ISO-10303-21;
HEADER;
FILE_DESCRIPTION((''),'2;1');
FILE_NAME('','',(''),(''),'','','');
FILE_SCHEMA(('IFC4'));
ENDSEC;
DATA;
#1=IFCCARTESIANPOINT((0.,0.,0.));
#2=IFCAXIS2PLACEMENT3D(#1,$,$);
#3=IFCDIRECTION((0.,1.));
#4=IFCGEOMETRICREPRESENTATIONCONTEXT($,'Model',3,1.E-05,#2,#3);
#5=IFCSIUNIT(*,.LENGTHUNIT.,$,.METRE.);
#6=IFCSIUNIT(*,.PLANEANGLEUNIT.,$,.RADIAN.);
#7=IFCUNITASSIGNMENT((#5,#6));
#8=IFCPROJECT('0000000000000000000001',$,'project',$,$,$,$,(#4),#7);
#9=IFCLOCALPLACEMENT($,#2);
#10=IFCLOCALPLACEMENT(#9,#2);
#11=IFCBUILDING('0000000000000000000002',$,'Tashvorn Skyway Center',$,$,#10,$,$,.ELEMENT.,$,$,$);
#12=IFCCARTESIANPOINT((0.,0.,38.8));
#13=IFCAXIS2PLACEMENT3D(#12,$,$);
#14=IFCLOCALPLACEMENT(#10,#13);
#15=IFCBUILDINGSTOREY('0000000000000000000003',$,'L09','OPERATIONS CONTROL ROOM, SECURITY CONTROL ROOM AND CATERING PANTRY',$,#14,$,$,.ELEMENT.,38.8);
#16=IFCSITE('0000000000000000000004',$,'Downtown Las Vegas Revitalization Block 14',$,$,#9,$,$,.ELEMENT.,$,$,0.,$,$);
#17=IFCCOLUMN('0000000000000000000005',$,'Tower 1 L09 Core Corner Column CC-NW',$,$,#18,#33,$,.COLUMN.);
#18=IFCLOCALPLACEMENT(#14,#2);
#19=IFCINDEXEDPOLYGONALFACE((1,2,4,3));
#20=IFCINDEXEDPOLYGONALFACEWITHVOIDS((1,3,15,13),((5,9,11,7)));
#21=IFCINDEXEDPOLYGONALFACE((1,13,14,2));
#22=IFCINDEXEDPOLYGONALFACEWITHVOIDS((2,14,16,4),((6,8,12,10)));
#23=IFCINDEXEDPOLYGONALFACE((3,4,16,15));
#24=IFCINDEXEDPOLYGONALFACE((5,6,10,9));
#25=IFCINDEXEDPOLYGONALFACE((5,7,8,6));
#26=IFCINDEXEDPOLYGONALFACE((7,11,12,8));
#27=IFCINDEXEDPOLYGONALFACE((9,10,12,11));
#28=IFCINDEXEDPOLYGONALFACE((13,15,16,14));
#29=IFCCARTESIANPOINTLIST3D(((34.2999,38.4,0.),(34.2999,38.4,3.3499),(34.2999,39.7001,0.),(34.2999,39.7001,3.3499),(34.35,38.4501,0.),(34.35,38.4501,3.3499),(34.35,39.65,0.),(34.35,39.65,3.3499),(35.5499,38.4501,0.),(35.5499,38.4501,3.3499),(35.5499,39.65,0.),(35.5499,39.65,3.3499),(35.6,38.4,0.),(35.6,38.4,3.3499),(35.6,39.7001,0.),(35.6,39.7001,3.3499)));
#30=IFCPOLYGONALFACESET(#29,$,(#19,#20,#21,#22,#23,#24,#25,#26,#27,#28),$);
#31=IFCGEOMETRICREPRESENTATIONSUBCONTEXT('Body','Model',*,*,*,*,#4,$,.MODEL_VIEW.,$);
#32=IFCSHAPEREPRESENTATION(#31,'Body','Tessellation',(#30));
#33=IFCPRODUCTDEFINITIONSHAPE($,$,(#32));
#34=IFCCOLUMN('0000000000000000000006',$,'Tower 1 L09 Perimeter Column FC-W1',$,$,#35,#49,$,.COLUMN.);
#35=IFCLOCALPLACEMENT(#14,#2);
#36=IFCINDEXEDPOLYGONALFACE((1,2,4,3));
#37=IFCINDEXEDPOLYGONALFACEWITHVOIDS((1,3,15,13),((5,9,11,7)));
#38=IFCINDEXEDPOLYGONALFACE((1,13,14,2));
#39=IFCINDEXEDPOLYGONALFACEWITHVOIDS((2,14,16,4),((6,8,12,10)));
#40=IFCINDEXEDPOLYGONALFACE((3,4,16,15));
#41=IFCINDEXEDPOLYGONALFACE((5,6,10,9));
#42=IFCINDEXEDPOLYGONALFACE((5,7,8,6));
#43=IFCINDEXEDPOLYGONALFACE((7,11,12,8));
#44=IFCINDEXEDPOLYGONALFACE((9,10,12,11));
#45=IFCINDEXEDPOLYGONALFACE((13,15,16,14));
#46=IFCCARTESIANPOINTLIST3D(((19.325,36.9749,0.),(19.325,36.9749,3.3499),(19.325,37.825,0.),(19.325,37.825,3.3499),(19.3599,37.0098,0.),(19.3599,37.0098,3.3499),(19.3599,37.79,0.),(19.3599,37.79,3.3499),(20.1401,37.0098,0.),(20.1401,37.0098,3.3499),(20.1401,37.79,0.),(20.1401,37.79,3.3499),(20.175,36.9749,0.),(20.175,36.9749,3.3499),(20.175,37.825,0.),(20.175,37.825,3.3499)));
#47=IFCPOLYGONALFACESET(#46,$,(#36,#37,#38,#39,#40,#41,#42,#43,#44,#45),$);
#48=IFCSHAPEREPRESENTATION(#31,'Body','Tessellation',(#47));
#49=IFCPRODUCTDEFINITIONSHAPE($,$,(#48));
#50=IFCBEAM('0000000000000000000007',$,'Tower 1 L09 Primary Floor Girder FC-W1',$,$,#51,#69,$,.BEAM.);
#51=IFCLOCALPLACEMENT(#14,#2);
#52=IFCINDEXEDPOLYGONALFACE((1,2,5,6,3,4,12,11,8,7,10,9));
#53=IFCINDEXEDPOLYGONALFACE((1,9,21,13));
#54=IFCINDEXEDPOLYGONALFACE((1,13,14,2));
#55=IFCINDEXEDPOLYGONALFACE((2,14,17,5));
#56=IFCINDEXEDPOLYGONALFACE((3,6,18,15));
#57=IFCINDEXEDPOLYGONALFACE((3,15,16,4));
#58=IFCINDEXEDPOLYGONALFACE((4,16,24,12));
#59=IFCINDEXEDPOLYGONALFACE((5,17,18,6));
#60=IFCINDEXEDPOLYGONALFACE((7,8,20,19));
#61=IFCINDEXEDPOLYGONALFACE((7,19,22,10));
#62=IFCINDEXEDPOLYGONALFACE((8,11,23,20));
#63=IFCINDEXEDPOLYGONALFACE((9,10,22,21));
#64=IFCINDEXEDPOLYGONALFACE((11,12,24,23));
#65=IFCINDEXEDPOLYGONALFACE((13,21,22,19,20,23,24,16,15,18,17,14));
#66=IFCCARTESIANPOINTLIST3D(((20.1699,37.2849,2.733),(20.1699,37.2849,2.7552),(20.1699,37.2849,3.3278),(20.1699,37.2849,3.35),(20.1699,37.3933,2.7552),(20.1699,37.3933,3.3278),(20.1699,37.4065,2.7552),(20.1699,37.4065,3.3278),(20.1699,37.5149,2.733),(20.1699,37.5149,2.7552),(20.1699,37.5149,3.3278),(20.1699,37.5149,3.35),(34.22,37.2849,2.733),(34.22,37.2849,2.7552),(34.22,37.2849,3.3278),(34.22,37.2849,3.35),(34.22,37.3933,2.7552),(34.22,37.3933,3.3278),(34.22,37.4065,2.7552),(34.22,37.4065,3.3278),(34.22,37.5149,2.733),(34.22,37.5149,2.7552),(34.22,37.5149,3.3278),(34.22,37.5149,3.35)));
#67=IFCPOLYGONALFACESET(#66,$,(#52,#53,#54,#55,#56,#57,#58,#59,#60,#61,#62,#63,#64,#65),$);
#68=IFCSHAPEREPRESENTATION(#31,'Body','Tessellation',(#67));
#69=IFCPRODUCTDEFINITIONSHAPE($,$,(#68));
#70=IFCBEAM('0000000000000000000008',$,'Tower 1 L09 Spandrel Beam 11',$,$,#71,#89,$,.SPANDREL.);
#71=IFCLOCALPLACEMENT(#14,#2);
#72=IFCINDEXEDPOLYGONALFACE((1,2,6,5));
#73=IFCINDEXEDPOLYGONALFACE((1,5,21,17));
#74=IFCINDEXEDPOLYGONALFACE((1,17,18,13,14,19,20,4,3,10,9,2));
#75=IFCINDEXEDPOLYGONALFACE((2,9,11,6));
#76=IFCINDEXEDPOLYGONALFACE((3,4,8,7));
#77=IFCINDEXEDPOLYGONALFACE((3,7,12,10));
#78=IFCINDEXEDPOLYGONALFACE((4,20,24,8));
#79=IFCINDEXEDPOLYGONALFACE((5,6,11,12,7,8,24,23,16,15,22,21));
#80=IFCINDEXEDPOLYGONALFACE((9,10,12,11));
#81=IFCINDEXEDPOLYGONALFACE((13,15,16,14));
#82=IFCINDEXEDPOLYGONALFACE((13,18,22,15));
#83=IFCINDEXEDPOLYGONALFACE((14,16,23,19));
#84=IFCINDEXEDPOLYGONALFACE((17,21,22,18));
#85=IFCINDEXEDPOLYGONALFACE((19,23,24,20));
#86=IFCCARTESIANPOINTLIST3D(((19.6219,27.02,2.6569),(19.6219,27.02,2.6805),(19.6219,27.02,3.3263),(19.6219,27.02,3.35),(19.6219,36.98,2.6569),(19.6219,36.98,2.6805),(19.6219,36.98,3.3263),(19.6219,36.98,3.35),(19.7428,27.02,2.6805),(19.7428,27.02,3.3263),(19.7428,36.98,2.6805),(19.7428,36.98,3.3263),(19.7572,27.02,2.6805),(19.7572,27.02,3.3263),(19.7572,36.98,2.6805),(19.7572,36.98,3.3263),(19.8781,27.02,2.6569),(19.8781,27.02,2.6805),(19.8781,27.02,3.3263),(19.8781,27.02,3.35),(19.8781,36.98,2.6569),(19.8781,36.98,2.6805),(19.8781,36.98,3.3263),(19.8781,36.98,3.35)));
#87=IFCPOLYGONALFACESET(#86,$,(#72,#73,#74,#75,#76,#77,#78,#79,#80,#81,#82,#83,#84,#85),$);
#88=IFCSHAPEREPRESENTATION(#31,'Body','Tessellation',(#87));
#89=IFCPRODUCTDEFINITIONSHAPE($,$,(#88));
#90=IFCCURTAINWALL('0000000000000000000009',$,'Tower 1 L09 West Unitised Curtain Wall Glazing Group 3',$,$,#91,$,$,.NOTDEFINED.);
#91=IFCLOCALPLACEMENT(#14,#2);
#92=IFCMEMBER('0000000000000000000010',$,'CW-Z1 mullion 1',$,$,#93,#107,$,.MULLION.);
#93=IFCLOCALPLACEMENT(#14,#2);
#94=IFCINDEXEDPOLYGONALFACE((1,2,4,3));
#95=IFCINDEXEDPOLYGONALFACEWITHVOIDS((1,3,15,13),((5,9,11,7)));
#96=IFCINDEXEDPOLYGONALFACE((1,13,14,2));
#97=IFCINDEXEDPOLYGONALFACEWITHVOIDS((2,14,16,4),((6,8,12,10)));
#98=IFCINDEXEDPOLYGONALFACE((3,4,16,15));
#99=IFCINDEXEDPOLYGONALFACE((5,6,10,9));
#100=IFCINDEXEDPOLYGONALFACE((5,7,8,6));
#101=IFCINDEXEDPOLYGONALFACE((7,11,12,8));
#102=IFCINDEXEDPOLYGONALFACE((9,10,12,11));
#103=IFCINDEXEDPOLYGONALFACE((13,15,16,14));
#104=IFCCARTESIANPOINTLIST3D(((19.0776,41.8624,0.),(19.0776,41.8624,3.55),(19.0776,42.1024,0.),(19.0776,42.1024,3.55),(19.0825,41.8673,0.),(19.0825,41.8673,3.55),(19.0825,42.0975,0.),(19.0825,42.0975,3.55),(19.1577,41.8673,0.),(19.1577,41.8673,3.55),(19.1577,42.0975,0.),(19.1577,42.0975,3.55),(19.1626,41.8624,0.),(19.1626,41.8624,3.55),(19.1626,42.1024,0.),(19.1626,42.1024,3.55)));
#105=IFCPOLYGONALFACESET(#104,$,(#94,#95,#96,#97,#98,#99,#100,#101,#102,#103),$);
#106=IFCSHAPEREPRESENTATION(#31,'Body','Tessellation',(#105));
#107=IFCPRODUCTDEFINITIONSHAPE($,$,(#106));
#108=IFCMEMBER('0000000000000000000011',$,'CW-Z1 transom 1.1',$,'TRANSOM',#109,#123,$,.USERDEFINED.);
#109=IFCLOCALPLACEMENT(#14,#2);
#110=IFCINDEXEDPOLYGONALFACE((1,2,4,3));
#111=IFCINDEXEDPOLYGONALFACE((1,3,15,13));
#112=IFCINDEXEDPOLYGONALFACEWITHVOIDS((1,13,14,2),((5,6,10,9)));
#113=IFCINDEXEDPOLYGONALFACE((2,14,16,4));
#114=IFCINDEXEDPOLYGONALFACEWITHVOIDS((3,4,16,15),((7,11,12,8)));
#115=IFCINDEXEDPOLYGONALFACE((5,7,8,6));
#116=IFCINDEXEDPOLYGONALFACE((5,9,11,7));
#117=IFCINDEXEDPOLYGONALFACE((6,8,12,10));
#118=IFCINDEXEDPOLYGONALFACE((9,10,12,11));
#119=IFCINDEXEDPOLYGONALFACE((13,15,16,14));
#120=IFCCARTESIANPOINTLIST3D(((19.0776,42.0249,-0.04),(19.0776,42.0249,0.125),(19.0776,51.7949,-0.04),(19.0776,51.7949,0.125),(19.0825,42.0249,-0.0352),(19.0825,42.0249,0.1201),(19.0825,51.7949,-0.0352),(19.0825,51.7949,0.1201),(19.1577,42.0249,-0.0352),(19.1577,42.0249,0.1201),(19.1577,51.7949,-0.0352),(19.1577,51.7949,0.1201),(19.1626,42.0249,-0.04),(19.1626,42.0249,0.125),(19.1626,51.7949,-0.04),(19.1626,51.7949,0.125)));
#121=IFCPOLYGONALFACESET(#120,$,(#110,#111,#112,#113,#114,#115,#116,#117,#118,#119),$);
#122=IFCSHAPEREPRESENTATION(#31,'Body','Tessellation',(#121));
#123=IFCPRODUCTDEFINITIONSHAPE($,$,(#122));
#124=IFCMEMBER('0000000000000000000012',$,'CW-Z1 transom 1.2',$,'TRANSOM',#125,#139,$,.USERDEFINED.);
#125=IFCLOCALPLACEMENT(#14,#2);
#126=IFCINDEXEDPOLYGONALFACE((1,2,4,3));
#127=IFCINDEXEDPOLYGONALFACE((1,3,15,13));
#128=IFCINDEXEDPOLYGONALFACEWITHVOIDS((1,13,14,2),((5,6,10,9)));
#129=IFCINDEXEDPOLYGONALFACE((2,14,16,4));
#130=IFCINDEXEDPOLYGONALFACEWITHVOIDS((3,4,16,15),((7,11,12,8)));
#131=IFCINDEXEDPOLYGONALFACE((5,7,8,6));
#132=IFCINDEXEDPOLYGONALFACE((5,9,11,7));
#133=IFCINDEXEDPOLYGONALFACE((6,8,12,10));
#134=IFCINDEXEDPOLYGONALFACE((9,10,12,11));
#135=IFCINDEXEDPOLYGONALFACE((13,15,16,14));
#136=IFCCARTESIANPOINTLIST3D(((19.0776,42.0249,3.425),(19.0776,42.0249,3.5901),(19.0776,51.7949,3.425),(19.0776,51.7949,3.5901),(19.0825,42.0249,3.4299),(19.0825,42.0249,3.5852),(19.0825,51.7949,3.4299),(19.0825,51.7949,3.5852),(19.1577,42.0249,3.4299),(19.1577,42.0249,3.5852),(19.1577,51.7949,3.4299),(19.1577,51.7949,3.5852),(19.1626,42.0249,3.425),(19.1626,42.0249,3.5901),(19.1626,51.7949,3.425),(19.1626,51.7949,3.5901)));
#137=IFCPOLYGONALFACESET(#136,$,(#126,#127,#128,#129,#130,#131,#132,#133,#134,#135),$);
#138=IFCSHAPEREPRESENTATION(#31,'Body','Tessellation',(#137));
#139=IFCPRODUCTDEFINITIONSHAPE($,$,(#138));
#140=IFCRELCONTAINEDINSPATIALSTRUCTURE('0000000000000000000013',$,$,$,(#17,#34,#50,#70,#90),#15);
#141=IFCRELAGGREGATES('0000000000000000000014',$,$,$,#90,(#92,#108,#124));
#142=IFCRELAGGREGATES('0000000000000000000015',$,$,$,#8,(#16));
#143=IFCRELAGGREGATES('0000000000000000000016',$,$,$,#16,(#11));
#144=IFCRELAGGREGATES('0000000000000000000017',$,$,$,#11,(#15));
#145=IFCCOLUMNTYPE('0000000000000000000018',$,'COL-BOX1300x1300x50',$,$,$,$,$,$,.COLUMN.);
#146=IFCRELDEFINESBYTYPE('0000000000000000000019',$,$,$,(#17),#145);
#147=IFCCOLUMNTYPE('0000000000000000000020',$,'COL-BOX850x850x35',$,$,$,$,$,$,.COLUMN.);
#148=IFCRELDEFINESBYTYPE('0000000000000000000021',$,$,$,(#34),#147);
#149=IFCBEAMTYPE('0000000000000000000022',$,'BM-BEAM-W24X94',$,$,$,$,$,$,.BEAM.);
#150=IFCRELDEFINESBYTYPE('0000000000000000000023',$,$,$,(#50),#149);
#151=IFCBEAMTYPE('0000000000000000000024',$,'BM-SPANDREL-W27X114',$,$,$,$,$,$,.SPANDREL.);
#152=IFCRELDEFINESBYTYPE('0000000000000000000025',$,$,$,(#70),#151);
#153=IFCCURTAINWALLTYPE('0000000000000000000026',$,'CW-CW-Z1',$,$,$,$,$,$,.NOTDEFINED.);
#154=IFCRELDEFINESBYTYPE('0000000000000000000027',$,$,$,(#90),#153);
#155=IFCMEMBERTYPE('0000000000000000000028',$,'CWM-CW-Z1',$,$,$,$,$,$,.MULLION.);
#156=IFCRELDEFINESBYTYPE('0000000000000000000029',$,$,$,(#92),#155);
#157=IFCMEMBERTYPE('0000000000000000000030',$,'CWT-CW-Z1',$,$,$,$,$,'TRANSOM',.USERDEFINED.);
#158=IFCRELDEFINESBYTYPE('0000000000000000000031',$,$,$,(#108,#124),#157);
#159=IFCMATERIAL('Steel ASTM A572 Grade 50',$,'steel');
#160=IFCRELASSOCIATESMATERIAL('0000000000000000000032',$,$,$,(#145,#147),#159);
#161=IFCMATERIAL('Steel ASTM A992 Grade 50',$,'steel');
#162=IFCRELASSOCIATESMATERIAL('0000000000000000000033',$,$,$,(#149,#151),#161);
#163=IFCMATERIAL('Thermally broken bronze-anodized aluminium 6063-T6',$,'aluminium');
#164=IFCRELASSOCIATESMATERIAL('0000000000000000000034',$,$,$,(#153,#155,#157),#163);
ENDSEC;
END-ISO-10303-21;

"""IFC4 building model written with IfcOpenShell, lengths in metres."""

from ifc_helpers import new_model, si_unit, direction, frame, origin, origin_2d, place, context, subcontext, project, spatial, hollow_rectangle, i_section, extrude, material, material_profile, profile_set, type_object, element, aggregate, save


model = new_model("IFC4")

# Units and contexts
model_context = context("Model", 3, precision=1e-05, world=origin(), true_north=direction((0.0, 1.0)))
body_context = subcontext(model_context, "Body", "Model", "MODEL_VIEW")
ifc_project = project(units=[si_unit("LENGTHUNIT", "METRE"), si_unit("PLANEANGLEUNIT", "RADIAN")], contexts=[model_context])

# Site, building, storey
site_placement = place(None, origin())
site = spatial("IfcSite", under=ifc_project, at=site_placement, Name="Downtown Las Vegas Revitalization Block 14", CompositionType="ELEMENT", RefElevation=0.0)
building_placement = place(site_placement, origin())
building = spatial("IfcBuilding", under=site, at=building_placement, Name="Tashvorn Skyway Center", CompositionType="ELEMENT")
storey_placement = place(building_placement, frame((0.0, 0.0, 38.8)))
storey = spatial("IfcBuildingStorey", under=building, at=storey_placement, Name="L09", Description="OPERATIONS CONTROL ROOM, SECURITY CONTROL ROOM AND CATERING PANTRY", CompositionType="ELEMENT", Elevation=38.8)

# Columns
ifc_material_1 = material(Name="Steel ASTM A572 Grade 50", Category="steel")
ifc_material_profile_1 = material_profile(ifc_material_1, hollow_rectangle(XDim=1.3, YDim=1.3, WallThickness=0.05, at=origin_2d()), Name="BOX1300x1300x50")
ifc_profile_set_1 = profile_set([ifc_material_profile_1], Name="Steel ASTM A572 Grade 50")
column_type_1 = type_object("IfcColumnType", Name="COL-BOX1300x1300x50", PredefinedType="COLUMN", material=ifc_profile_set_1)
column_1_placement = place(storey_placement, frame((34.95, 39.05, 0.0), z_axis=(0.0, 0.0, 1.0), x_axis=(1.0, 0.0, 0.0)))
element("IfcColumn", 1, at=column_1_placement, inside=storey, type_object=column_type_1, Name="Tower 1 L09 Core Corner Column CC-NW", PredefinedType="COLUMN", context=body_context, shape_type="SweptSolid", body=[
    extrude(hollow_rectangle(XDim=1.3, YDim=1.3, WallThickness=0.05, at=origin_2d()), origin(), (0.0, 0.0, 1.0), 3.3499),
])
ifc_material_profile_2 = material_profile(ifc_material_1, hollow_rectangle(XDim=0.8501, YDim=0.8501, WallThickness=0.0349, at=origin_2d()), Name="BOX850x850x35")
ifc_profile_set_2 = profile_set([ifc_material_profile_2], Name="Steel ASTM A572 Grade 50")
column_type_2 = type_object("IfcColumnType", Name="COL-BOX850x850x35", PredefinedType="COLUMN", material=ifc_profile_set_2)
column_2_placement = place(storey_placement, frame((19.75, 37.3999, 0.0), z_axis=(0.0, 0.0, 1.0), x_axis=(1.0, 0.0, 0.0)))
element("IfcColumn", 2, at=column_2_placement, inside=storey, type_object=column_type_2, Name="Tower 1 L09 Perimeter Column FC-W1", PredefinedType="COLUMN", context=body_context, shape_type="SweptSolid", body=[
    extrude(hollow_rectangle(XDim=0.8501, YDim=0.8501, WallThickness=0.0349, at=origin_2d()), origin(), (0.0, 0.0, 1.0), 3.3499),
])

# Beams
ifc_material_2 = material(Name="Steel ASTM A992 Grade 50", Category="steel")
ifc_material_profile_3 = material_profile(ifc_material_2, i_section(OverallWidth=0.23, OverallDepth=0.6169, WebThickness=0.0132, FlangeThickness=0.0222, at=origin_2d()), Name="W24X94")
ifc_profile_set_3 = profile_set([ifc_material_profile_3], Name="Steel ASTM A992 Grade 50")
beam_type_1 = type_object("IfcBeamType", Name="BM-BEAM-W24X94", PredefinedType="BEAM", material=ifc_profile_set_3)
beam_1_placement = place(storey_placement, frame((20.1699, 37.3999, 3.0415), z_axis=(1.0, 0.0, 0.0), x_axis=(0.0, 1.0, 0.0)))
element("IfcBeam", 3, at=beam_1_placement, inside=storey, type_object=beam_type_1, Name="Tower 1 L09 Primary Floor Girder FC-W1", PredefinedType="BEAM", context=body_context, shape_type="SweptSolid", body=[
    extrude(i_section(OverallWidth=0.23, OverallDepth=0.6169, WebThickness=0.0132, FlangeThickness=0.0222, at=origin_2d()), origin(), (0.0, 0.0, 1.0), 14.05),
])
ifc_material_profile_4 = material_profile(ifc_material_2, i_section(OverallWidth=0.2561, OverallDepth=0.6931, WebThickness=0.0144, FlangeThickness=0.0237, at=origin_2d()), Name="W27X114")
ifc_profile_set_4 = profile_set([ifc_material_profile_4], Name="Steel ASTM A992 Grade 50")
beam_type_2 = type_object("IfcBeamType", Name="BM-SPANDREL-W27X114", PredefinedType="SPANDREL", material=ifc_profile_set_4)
beam_2_placement = place(storey_placement, frame((19.75, 36.98, 3.0034), z_axis=(0.0, -1.0, 0.0), x_axis=(1.0, 0.0, 0.0)))
element("IfcBeam", 4, at=beam_2_placement, inside=storey, type_object=beam_type_2, Name="Tower 1 L09 Spandrel Beam 11", PredefinedType="SPANDREL", context=body_context, shape_type="SweptSolid", body=[
    extrude(i_section(OverallWidth=0.2561, OverallDepth=0.6931, WebThickness=0.0144, FlangeThickness=0.0237, at=origin_2d()), origin(), (0.0, 0.0, 1.0), 9.96),
])

# Curtain wall, members
ifc_material_3 = material(Name="Thermally broken bronze-anodized aluminium 6063-T6", Category="aluminium")
curtain_wall_type = type_object("IfcCurtainWallType", Name="CW-CW-Z1", PredefinedType="NOTDEFINED", material=ifc_material_3)
curtain_wall_placement = place(storey_placement, origin())
curtain_wall = element("IfcCurtainWall", 5, at=curtain_wall_placement, inside=storey, type_object=curtain_wall_type, Name="Tower 1 L09 West Unitised Curtain Wall Glazing Group 3", PredefinedType="NOTDEFINED")
ifc_material_profile_5 = material_profile(ifc_material_3, hollow_rectangle(XDim=0.085, YDim=0.24, WallThickness=0.0049, at=origin_2d()), Name="ALU-MULL-85x240")
ifc_profile_set_5 = profile_set([ifc_material_profile_5], Name="Thermally broken bronze-anodized aluminium 6063-T6")
member_type_1 = type_object("IfcMemberType", Name="CWM-CW-Z1", PredefinedType="MULLION", material=ifc_profile_set_5)
member_1_placement = place(storey_placement, frame((19.1201, 41.9824, 0.0), z_axis=(0.0, 0.0, 1.0), x_axis=(-1.0, 0.0, 0.0)))
member_1 = element("IfcMember", 6, at=member_1_placement, type_object=member_type_1, Name="CW-Z1 mullion 1", PredefinedType="MULLION", context=body_context, shape_type="SweptSolid", body=[
    extrude(hollow_rectangle(XDim=0.085, YDim=0.24, WallThickness=0.0049, at=origin_2d()), origin(), (0.0, 0.0, 1.0), 3.55),
])
ifc_material_profile_6 = material_profile(ifc_material_3, hollow_rectangle(XDim=0.085, YDim=0.165, WallThickness=0.0049, at=origin_2d()), Name="ALU-TRAN-85x165")
ifc_profile_set_6 = profile_set([ifc_material_profile_6], Name="Thermally broken bronze-anodized aluminium 6063-T6")
member_type_2 = type_object("IfcMemberType", Name="CWT-CW-Z1", ElementType="TRANSOM", PredefinedType="USERDEFINED", material=ifc_profile_set_6)
member_2_placement = place(storey_placement, frame((19.1201, 42.0249, 0.0425), z_axis=(0.0, 1.0, 0.0), x_axis=(-1.0, 0.0, 0.0)))
member_2 = element("IfcMember", 7, at=member_2_placement, type_object=member_type_2, Name="CW-Z1 transom 1.1", ObjectType="TRANSOM", PredefinedType="USERDEFINED", context=body_context, shape_type="SweptSolid", body=[
    extrude(hollow_rectangle(XDim=0.085, YDim=0.165, WallThickness=0.0049, at=origin_2d()), origin(), (0.0, 0.0, 1.0), 9.77),
])
member_3_placement = place(storey_placement, frame((19.1201, 42.0249, 3.5076), z_axis=(0.0, 1.0, 0.0), x_axis=(-1.0, 0.0, 0.0)))
member_3 = element("IfcMember", 8, at=member_3_placement, type_object=member_type_2, Name="CW-Z1 transom 1.2", ObjectType="TRANSOM", PredefinedType="USERDEFINED", context=body_context, shape_type="SweptSolid", body=[
    extrude(hollow_rectangle(XDim=0.085, YDim=0.165, WallThickness=0.0049, at=origin_2d()), origin(), (0.0, 0.0, 1.0), 9.77),
])
aggregate(curtain_wall, [member_1, member_2, member_3])

save(model, "model.ifc")
